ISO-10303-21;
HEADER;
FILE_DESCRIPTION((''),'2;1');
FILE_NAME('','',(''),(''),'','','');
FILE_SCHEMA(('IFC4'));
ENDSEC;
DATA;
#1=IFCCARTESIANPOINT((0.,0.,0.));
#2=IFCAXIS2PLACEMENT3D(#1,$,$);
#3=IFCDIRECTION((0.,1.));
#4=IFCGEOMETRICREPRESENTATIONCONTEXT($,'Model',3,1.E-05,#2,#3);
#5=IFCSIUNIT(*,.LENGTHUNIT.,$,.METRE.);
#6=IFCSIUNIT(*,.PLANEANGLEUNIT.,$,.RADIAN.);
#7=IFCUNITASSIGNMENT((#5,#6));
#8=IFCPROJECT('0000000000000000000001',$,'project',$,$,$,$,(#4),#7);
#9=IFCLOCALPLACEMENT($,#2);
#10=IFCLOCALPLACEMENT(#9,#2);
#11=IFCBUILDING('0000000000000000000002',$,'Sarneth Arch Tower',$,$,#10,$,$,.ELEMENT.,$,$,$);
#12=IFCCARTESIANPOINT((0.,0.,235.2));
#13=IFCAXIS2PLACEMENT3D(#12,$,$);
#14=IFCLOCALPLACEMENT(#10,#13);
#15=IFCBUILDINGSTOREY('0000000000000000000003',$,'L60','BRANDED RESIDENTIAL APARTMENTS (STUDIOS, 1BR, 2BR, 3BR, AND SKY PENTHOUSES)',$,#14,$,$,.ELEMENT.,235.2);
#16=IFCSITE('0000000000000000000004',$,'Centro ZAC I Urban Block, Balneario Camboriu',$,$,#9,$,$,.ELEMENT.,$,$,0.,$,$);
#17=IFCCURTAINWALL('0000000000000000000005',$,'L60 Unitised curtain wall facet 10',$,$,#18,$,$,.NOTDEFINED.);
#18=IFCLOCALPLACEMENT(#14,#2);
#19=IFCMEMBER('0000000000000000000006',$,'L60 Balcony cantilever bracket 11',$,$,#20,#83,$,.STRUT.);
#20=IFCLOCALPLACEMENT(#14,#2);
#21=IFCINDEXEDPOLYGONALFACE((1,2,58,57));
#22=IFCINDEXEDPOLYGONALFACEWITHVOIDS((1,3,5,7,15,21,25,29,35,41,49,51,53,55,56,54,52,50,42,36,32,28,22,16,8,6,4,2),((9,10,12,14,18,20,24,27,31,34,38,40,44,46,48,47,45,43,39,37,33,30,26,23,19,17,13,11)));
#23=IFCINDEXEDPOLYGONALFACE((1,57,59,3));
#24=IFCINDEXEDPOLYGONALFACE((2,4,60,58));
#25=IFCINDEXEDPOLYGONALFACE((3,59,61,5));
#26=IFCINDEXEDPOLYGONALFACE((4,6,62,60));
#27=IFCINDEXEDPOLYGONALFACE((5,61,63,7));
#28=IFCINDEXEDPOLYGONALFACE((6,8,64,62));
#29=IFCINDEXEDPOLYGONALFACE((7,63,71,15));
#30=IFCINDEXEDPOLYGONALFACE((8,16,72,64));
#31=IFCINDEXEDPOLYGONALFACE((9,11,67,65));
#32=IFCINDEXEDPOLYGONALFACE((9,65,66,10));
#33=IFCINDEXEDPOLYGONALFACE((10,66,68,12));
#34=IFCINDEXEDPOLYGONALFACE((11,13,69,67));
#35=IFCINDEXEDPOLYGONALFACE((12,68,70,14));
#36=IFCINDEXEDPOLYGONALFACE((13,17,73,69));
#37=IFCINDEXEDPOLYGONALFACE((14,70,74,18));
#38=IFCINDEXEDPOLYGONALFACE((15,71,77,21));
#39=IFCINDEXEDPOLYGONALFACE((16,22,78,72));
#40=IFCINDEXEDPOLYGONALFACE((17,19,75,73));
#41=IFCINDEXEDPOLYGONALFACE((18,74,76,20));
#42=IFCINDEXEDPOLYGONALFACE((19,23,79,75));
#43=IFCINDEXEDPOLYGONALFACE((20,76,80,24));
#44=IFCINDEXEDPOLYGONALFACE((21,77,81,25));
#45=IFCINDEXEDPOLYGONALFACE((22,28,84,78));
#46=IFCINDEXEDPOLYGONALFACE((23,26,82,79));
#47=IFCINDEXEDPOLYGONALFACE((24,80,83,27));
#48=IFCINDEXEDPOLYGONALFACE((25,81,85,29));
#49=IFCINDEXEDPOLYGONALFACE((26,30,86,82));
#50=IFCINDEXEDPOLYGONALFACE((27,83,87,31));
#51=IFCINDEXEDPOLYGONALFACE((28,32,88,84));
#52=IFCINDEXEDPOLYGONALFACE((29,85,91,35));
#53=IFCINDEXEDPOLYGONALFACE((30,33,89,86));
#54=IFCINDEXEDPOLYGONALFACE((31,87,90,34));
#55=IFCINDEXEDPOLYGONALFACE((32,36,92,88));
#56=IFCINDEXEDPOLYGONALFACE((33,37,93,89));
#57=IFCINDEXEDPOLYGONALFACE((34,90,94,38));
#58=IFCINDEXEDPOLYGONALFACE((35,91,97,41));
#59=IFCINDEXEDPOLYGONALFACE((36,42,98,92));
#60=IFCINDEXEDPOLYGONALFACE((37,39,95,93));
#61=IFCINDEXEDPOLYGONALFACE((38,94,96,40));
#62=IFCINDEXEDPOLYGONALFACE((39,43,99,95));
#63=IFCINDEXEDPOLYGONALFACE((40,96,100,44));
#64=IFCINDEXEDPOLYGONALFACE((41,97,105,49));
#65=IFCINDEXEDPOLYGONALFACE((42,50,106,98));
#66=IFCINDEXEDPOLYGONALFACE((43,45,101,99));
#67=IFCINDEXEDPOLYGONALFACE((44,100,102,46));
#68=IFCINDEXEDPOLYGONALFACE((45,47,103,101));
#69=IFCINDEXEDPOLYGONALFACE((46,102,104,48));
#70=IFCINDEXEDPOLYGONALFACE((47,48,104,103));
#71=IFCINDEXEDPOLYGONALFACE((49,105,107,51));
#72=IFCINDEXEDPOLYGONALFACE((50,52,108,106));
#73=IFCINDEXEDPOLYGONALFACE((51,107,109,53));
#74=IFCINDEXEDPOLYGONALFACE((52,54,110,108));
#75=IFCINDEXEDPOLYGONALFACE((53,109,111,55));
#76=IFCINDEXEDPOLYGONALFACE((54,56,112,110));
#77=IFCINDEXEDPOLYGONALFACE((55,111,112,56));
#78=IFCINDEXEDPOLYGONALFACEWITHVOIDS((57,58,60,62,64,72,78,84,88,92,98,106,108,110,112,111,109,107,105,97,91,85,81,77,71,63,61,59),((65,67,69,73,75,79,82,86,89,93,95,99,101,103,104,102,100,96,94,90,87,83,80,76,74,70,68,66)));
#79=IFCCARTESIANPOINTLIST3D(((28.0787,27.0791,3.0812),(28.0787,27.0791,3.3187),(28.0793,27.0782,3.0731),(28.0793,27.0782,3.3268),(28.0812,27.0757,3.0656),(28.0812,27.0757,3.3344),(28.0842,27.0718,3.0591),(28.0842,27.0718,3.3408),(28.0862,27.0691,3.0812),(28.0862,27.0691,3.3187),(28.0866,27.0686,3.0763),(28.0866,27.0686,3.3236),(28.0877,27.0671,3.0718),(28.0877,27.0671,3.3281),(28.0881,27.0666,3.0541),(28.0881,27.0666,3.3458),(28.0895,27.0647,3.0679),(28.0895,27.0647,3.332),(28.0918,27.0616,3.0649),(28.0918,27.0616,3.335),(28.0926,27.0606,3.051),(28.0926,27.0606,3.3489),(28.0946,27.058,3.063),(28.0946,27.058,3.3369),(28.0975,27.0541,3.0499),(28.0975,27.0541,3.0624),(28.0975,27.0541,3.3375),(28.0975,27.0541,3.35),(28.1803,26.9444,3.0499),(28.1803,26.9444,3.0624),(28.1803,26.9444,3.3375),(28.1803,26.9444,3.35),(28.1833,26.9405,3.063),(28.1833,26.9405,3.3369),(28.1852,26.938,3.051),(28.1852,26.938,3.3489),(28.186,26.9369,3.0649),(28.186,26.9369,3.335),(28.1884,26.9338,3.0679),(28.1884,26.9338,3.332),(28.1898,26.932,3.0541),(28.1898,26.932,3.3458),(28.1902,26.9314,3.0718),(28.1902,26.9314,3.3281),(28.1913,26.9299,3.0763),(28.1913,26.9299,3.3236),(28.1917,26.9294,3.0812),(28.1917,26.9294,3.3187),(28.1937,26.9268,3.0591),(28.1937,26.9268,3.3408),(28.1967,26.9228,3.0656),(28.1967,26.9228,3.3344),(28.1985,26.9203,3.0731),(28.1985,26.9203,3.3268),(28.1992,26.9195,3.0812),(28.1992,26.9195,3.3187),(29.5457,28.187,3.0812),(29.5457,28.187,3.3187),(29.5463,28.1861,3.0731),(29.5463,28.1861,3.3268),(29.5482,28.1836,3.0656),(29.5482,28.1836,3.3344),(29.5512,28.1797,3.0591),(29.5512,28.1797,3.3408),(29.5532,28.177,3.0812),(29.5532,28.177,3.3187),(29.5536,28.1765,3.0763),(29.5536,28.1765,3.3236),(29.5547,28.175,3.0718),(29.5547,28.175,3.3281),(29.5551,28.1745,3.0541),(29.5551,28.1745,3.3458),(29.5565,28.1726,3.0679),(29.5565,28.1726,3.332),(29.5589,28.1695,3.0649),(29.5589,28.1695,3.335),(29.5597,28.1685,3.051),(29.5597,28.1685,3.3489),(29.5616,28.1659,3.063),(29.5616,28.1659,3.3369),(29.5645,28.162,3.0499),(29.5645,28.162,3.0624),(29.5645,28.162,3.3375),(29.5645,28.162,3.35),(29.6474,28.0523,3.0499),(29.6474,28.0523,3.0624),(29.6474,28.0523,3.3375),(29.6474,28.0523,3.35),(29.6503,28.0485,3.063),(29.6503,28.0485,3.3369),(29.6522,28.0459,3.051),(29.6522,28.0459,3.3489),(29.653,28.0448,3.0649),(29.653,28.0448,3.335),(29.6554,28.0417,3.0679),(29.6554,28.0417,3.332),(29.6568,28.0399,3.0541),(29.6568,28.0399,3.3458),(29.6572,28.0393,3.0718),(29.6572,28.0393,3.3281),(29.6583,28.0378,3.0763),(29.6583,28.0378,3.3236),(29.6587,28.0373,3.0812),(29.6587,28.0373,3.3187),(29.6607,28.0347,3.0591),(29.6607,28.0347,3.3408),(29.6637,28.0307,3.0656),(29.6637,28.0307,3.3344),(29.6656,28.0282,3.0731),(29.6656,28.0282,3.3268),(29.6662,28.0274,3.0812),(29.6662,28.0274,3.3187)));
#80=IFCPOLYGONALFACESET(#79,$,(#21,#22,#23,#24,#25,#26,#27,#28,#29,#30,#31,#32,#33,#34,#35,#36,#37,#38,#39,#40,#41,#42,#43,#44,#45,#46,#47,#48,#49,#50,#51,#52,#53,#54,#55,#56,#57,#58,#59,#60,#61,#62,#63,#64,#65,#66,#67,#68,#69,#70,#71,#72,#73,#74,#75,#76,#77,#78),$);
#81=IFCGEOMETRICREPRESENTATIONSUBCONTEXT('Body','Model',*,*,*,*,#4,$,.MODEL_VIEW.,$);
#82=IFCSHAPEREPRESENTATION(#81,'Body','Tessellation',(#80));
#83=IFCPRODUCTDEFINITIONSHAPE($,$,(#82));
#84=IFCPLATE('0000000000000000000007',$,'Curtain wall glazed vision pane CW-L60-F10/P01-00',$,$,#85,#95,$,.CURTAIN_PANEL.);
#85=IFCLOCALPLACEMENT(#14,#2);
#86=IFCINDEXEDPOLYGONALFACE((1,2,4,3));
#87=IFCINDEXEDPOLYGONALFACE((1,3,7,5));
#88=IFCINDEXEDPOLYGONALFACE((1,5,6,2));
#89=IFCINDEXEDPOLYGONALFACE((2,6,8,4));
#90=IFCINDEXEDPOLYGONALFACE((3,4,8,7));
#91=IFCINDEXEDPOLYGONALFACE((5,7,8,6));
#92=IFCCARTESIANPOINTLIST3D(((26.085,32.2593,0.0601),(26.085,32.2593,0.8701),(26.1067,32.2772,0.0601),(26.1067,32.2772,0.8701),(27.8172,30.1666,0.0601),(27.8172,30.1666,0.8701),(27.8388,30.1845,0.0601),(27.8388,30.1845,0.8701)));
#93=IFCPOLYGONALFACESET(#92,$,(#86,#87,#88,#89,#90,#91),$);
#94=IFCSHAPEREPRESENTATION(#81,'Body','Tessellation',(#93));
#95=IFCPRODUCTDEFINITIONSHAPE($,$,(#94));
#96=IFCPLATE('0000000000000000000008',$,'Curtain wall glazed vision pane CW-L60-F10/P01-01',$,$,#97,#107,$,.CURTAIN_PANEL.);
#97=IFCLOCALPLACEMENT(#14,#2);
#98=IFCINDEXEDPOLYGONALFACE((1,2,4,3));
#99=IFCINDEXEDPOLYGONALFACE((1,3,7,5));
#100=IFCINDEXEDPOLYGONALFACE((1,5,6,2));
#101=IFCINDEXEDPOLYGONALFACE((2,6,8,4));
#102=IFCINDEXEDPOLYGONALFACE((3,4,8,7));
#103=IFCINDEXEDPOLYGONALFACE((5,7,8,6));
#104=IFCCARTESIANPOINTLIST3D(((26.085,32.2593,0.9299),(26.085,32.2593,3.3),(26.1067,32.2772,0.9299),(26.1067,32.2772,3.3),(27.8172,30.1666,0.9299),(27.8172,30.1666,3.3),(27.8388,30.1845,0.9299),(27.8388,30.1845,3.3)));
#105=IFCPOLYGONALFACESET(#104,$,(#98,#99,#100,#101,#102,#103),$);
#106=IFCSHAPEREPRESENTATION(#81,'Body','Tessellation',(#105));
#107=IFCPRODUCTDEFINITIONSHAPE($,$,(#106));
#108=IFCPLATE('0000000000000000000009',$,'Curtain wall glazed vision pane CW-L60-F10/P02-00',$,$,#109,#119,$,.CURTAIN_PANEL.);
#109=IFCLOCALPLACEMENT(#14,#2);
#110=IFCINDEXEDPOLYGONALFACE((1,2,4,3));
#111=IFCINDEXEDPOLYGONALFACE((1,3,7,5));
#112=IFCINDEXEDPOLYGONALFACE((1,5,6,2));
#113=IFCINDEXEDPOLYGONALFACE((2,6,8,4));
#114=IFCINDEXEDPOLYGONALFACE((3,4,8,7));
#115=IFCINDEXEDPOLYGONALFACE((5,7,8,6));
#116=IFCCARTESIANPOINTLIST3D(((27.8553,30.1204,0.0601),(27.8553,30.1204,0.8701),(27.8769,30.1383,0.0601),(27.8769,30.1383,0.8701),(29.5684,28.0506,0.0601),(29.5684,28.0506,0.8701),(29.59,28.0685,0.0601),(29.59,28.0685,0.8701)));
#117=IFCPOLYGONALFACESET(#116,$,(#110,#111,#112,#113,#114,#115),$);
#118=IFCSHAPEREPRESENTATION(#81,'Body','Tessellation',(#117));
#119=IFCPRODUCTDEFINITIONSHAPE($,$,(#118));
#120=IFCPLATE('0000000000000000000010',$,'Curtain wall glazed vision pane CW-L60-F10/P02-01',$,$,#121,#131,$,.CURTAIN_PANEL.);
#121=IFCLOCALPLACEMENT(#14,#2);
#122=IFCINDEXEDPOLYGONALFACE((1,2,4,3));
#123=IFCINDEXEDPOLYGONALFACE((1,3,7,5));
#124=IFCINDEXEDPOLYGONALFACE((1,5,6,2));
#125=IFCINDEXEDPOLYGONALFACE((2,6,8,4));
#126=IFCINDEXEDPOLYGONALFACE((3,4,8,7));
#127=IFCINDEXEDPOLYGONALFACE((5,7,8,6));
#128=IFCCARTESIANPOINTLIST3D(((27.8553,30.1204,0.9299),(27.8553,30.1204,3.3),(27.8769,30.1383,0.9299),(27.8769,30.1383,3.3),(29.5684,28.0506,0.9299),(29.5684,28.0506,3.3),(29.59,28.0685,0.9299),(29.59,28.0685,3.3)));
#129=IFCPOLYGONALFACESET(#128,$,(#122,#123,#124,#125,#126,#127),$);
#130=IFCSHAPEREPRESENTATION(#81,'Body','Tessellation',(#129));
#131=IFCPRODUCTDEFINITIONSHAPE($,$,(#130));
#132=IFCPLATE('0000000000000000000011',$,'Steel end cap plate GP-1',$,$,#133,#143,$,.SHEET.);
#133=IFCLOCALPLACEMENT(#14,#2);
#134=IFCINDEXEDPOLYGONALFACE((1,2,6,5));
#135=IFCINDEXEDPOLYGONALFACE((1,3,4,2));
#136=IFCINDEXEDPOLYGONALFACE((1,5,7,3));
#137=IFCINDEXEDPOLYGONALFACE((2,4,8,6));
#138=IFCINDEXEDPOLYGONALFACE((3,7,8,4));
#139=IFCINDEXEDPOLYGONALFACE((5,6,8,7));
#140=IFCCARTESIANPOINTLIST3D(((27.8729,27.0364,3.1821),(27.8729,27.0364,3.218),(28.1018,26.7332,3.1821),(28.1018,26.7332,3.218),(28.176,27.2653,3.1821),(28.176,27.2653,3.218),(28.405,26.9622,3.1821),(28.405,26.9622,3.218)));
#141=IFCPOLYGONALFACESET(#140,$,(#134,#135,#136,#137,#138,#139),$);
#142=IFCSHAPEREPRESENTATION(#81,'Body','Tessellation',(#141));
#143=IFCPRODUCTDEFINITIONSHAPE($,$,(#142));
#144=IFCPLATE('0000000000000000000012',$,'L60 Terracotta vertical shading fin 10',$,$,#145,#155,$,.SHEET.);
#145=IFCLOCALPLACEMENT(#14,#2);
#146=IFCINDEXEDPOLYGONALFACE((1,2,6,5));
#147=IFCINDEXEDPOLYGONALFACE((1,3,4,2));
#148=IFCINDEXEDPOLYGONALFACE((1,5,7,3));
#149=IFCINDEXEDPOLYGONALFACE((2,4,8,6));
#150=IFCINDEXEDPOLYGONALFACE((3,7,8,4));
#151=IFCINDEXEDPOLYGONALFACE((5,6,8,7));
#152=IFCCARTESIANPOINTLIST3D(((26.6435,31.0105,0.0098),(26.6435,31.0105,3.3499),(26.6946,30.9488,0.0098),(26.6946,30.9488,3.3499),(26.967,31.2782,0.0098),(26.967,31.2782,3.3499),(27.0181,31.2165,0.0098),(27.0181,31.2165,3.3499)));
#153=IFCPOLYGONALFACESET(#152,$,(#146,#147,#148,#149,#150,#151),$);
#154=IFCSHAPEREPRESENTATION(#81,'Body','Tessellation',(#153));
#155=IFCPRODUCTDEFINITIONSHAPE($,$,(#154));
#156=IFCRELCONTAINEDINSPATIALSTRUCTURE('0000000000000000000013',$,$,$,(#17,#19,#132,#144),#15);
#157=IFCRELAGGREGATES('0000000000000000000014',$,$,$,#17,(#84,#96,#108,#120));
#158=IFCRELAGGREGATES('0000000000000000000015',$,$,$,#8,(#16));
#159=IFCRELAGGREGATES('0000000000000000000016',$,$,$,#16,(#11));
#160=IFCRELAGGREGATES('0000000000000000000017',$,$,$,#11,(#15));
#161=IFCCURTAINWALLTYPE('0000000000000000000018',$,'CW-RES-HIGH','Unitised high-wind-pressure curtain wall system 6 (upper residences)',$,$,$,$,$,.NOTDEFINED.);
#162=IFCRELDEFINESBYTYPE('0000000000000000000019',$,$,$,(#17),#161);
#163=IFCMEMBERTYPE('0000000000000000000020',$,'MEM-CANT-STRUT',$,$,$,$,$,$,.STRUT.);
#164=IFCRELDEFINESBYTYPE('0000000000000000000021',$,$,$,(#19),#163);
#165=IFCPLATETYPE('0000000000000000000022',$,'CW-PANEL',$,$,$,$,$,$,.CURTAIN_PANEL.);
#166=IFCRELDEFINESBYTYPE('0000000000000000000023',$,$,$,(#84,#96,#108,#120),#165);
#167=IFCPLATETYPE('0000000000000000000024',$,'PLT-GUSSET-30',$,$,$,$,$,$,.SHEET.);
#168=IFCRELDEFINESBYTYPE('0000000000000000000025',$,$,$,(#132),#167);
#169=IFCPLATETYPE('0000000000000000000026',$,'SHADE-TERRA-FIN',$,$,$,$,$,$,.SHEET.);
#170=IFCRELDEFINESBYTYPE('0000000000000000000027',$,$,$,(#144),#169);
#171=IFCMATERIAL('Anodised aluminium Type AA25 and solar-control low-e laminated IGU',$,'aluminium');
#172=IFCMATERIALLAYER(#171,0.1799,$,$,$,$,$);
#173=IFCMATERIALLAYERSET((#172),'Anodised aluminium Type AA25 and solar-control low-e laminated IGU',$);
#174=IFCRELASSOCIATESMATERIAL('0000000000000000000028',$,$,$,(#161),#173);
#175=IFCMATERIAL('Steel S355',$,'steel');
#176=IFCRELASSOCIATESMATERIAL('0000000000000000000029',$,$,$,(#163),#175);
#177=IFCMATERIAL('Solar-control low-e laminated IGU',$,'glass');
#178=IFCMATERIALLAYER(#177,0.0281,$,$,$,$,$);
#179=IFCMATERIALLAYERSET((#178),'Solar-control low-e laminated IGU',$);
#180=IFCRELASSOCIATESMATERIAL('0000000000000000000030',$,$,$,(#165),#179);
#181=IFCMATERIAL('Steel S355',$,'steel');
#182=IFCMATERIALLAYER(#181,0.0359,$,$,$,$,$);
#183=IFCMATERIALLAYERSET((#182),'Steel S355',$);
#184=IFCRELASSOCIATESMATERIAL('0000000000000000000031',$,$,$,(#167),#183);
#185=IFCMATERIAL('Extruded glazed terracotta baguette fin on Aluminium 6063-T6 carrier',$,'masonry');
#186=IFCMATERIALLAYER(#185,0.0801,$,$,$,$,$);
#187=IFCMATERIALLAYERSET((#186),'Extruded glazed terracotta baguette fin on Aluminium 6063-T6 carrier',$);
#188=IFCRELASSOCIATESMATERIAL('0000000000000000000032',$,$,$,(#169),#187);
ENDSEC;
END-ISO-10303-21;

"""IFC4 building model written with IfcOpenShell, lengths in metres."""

from ifc_helpers import new_model, si_unit, direction, frame, origin, origin_2d, place, context, subcontext, project, spatial, rectangle, hollow_rectangle, extrude, material, layer, layer_set, material_profile, profile_set, type_object, element, aggregate, save


model = new_model("IFC4")

# Units and contexts
model_context = context("Model", 3, precision=1e-05, world=origin(), true_north=direction((0.0, 1.0)))
body_context = subcontext(model_context, "Body", "Model", "MODEL_VIEW")
ifc_project = project(units=[si_unit("LENGTHUNIT", "METRE"), si_unit("PLANEANGLEUNIT", "RADIAN")], contexts=[model_context])

# Site, building, storey
site_placement = place(None, origin())
site = spatial("IfcSite", under=ifc_project, at=site_placement, Name="Centro ZAC I Urban Block, Balneario Camboriu", CompositionType="ELEMENT", RefElevation=0.0)
building_placement = place(site_placement, origin())
building = spatial("IfcBuilding", under=site, at=building_placement, Name="Sarneth Arch Tower", CompositionType="ELEMENT")
storey_placement = place(building_placement, frame((0.0, 0.0, 235.2)))
storey = spatial("IfcBuildingStorey", under=building, at=storey_placement, Name="L60", Description="BRANDED RESIDENTIAL APARTMENTS (STUDIOS, 1BR, 2BR, 3BR, AND SKY PENTHOUSES)", CompositionType="ELEMENT", Elevation=235.2)

# Curtain wall
ifc_material_1 = material(Name="Anodised aluminium Type AA25 and solar-control low-e laminated IGU", Category="aluminium")
ifc_layer_1 = layer(ifc_material_1, 0.1799)
ifc_layer_set_1 = layer_set([ifc_layer_1], Name="Anodised aluminium Type AA25 and solar-control low-e laminated IGU")
curtain_wall_type = type_object("IfcCurtainWallType", Name="CW-RES-HIGH", Description="Unitised high-wind-pressure curtain wall system 6 (upper residences)", PredefinedType="NOTDEFINED", material=ifc_layer_set_1)
curtain_wall_placement = place(storey_placement, origin())
curtain_wall = element("IfcCurtainWall", 1, at=curtain_wall_placement, inside=storey, type_object=curtain_wall_type, Name="L60 Unitised curtain wall facet 10", PredefinedType="NOTDEFINED")

# Member
ifc_material_2 = material(Name="Steel S355", Category="steel")
ifc_material_profile_1 = material_profile(ifc_material_2, hollow_rectangle(XDim=0.2, YDim=0.3, WallThickness=0.0125, InnerFilletRadius=0.0188, OuterFilletRadius=0.0312, at=origin_2d()), Name="RHS300x200x12.5")
ifc_profile_set_1 = profile_set([ifc_material_profile_1], Name="Steel S355")
member_type_1 = type_object("IfcMemberType", Name="MEM-CANT-STRUT", PredefinedType="STRUT", material=ifc_profile_set_1)
member_1_placement = place(storey_placement, frame((29.606, 28.1072, 3.2), z_axis=(-0.798004, -0.602653, 0.0), x_axis=(0.602653, -0.798004, 0.0)))
element("IfcMember", 2, at=member_1_placement, inside=storey, type_object=member_type_1, Name="L60 Balcony cantilever bracket 11", PredefinedType="STRUT", context=body_context, shape_type="SweptSolid", body=[
    extrude(hollow_rectangle(XDim=0.2, YDim=0.3, WallThickness=0.0125, InnerFilletRadius=0.0188, OuterFilletRadius=0.0312, at=origin_2d()), origin(), (0.0, 0.0, 1.0), 1.8384),
])

# Plates
ifc_material_3 = material(Name="Solar-control low-e laminated IGU", Category="glass")
ifc_layer_2 = layer(ifc_material_3, 0.0281)
ifc_layer_set_2 = layer_set([ifc_layer_2], Name="Solar-control low-e laminated IGU")
plate_type_1 = type_object("IfcPlateType", Name="CW-PANEL", PredefinedType="CURTAIN_PANEL", material=ifc_layer_set_2)
plate_1_placement = place(storey_placement, frame((26.9619, 31.2219, 0.0601), z_axis=(0.0, 0.0, 1.0), x_axis=(0.63761, -0.770359, 0.0)))
plate_1 = element("IfcPlate", 3, at=plate_1_placement, type_object=plate_type_1, Name="Curtain wall glazed vision pane CW-L60-F10/P01-00", PredefinedType="CURTAIN_PANEL", context=body_context, shape_type="SweptSolid", body=[
    extrude(rectangle(XDim=2.7166, YDim=0.0281, at=origin_2d()), origin(), (0.0, 0.0, 1.0), 0.8101),
])
plate_2_placement = place(storey_placement, frame((26.9619, 31.2219, 0.9299), z_axis=(0.0, 0.0, 1.0), x_axis=(0.63761, -0.770359, 0.0)))
plate_2 = element("IfcPlate", 4, at=plate_2_placement, type_object=plate_type_1, Name="Curtain wall glazed vision pane CW-L60-F10/P01-01", PredefinedType="CURTAIN_PANEL", context=body_context, shape_type="SweptSolid", body=[
    extrude(rectangle(XDim=2.7166, YDim=0.0281, at=origin_2d()), origin(), (0.0, 0.0, 1.0), 2.3701),
])
plate_3_placement = place(storey_placement, frame((28.7227, 29.0945, 0.0601), z_axis=(0.0, 0.0, 1.0), x_axis=(0.63761, -0.770359, 0.0)))
plate_3 = element("IfcPlate", 5, at=plate_3_placement, type_object=plate_type_1, Name="Curtain wall glazed vision pane CW-L60-F10/P02-00", PredefinedType="CURTAIN_PANEL", context=body_context, shape_type="SweptSolid", body=[
    extrude(rectangle(XDim=2.6868, YDim=0.0281, at=origin_2d()), origin(), (0.0, 0.0, 1.0), 0.8101),
])
plate_4_placement = place(storey_placement, frame((28.7227, 29.0945, 0.9299), z_axis=(0.0, 0.0, 1.0), x_axis=(0.63761, -0.770359, 0.0)))
plate_4 = element("IfcPlate", 6, at=plate_4_placement, type_object=plate_type_1, Name="Curtain wall glazed vision pane CW-L60-F10/P02-01", PredefinedType="CURTAIN_PANEL", context=body_context, shape_type="SweptSolid", body=[
    extrude(rectangle(XDim=2.6868, YDim=0.0281, at=origin_2d()), origin(), (0.0, 0.0, 1.0), 2.3701),
])
aggregate(curtain_wall, [plate_1, plate_2, plate_3, plate_4])

# Plates
ifc_material_4 = material(Name="Steel S355", Category="steel")
ifc_layer_3 = layer(ifc_material_4, 0.0359)
ifc_layer_set_3 = layer_set([ifc_layer_3], Name="Steel S355")
plate_type_2 = type_object("IfcPlateType", Name="PLT-GUSSET-30", PredefinedType="SHEET", material=ifc_layer_set_3)
plate_5_placement = place(storey_placement, frame((28.1389, 26.9993, 3.1821), z_axis=(0.0, 0.0, 1.0), x_axis=(-0.798005, -0.602651, 0.0)))
element("IfcPlate", 7, at=plate_5_placement, inside=storey, type_object=plate_type_2, Name="Steel end cap plate GP-1", PredefinedType="SHEET", context=body_context, shape_type="SweptSolid", body=[
    extrude(rectangle(XDim=0.3799, YDim=0.3799, at=origin_2d()), origin(), (0.0, 0.0, 1.0), 0.0359),
])
ifc_material_5 = material(Name="Extruded glazed terracotta baguette fin on Aluminium 6063-T6 carrier", Category="masonry")
ifc_layer_4 = layer(ifc_material_5, 0.0801)
ifc_layer_set_4 = layer_set([ifc_layer_4], Name="Extruded glazed terracotta baguette fin on Aluminium 6063-T6 carrier")
plate_type_3 = type_object("IfcPlateType", Name="SHADE-TERRA-FIN", PredefinedType="SHEET", material=ifc_layer_set_4)
plate_6_placement = place(storey_placement, frame((26.8308, 31.1135, 0.0098), z_axis=(0.0, 0.0, 1.0), x_axis=(-0.770402, -0.637558, 0.0)))
element("IfcPlate", 8, at=plate_6_placement, inside=storey, type_object=plate_type_3, Name="L60 Terracotta vertical shading fin 10", PredefinedType="SHEET", context=body_context, shape_type="SweptSolid", body=[
    extrude(rectangle(XDim=0.4199, YDim=0.0801, at=origin_2d()), origin(), (0.0, 0.0, 1.0), 3.3401),
])

save(model, "model.ifc")
